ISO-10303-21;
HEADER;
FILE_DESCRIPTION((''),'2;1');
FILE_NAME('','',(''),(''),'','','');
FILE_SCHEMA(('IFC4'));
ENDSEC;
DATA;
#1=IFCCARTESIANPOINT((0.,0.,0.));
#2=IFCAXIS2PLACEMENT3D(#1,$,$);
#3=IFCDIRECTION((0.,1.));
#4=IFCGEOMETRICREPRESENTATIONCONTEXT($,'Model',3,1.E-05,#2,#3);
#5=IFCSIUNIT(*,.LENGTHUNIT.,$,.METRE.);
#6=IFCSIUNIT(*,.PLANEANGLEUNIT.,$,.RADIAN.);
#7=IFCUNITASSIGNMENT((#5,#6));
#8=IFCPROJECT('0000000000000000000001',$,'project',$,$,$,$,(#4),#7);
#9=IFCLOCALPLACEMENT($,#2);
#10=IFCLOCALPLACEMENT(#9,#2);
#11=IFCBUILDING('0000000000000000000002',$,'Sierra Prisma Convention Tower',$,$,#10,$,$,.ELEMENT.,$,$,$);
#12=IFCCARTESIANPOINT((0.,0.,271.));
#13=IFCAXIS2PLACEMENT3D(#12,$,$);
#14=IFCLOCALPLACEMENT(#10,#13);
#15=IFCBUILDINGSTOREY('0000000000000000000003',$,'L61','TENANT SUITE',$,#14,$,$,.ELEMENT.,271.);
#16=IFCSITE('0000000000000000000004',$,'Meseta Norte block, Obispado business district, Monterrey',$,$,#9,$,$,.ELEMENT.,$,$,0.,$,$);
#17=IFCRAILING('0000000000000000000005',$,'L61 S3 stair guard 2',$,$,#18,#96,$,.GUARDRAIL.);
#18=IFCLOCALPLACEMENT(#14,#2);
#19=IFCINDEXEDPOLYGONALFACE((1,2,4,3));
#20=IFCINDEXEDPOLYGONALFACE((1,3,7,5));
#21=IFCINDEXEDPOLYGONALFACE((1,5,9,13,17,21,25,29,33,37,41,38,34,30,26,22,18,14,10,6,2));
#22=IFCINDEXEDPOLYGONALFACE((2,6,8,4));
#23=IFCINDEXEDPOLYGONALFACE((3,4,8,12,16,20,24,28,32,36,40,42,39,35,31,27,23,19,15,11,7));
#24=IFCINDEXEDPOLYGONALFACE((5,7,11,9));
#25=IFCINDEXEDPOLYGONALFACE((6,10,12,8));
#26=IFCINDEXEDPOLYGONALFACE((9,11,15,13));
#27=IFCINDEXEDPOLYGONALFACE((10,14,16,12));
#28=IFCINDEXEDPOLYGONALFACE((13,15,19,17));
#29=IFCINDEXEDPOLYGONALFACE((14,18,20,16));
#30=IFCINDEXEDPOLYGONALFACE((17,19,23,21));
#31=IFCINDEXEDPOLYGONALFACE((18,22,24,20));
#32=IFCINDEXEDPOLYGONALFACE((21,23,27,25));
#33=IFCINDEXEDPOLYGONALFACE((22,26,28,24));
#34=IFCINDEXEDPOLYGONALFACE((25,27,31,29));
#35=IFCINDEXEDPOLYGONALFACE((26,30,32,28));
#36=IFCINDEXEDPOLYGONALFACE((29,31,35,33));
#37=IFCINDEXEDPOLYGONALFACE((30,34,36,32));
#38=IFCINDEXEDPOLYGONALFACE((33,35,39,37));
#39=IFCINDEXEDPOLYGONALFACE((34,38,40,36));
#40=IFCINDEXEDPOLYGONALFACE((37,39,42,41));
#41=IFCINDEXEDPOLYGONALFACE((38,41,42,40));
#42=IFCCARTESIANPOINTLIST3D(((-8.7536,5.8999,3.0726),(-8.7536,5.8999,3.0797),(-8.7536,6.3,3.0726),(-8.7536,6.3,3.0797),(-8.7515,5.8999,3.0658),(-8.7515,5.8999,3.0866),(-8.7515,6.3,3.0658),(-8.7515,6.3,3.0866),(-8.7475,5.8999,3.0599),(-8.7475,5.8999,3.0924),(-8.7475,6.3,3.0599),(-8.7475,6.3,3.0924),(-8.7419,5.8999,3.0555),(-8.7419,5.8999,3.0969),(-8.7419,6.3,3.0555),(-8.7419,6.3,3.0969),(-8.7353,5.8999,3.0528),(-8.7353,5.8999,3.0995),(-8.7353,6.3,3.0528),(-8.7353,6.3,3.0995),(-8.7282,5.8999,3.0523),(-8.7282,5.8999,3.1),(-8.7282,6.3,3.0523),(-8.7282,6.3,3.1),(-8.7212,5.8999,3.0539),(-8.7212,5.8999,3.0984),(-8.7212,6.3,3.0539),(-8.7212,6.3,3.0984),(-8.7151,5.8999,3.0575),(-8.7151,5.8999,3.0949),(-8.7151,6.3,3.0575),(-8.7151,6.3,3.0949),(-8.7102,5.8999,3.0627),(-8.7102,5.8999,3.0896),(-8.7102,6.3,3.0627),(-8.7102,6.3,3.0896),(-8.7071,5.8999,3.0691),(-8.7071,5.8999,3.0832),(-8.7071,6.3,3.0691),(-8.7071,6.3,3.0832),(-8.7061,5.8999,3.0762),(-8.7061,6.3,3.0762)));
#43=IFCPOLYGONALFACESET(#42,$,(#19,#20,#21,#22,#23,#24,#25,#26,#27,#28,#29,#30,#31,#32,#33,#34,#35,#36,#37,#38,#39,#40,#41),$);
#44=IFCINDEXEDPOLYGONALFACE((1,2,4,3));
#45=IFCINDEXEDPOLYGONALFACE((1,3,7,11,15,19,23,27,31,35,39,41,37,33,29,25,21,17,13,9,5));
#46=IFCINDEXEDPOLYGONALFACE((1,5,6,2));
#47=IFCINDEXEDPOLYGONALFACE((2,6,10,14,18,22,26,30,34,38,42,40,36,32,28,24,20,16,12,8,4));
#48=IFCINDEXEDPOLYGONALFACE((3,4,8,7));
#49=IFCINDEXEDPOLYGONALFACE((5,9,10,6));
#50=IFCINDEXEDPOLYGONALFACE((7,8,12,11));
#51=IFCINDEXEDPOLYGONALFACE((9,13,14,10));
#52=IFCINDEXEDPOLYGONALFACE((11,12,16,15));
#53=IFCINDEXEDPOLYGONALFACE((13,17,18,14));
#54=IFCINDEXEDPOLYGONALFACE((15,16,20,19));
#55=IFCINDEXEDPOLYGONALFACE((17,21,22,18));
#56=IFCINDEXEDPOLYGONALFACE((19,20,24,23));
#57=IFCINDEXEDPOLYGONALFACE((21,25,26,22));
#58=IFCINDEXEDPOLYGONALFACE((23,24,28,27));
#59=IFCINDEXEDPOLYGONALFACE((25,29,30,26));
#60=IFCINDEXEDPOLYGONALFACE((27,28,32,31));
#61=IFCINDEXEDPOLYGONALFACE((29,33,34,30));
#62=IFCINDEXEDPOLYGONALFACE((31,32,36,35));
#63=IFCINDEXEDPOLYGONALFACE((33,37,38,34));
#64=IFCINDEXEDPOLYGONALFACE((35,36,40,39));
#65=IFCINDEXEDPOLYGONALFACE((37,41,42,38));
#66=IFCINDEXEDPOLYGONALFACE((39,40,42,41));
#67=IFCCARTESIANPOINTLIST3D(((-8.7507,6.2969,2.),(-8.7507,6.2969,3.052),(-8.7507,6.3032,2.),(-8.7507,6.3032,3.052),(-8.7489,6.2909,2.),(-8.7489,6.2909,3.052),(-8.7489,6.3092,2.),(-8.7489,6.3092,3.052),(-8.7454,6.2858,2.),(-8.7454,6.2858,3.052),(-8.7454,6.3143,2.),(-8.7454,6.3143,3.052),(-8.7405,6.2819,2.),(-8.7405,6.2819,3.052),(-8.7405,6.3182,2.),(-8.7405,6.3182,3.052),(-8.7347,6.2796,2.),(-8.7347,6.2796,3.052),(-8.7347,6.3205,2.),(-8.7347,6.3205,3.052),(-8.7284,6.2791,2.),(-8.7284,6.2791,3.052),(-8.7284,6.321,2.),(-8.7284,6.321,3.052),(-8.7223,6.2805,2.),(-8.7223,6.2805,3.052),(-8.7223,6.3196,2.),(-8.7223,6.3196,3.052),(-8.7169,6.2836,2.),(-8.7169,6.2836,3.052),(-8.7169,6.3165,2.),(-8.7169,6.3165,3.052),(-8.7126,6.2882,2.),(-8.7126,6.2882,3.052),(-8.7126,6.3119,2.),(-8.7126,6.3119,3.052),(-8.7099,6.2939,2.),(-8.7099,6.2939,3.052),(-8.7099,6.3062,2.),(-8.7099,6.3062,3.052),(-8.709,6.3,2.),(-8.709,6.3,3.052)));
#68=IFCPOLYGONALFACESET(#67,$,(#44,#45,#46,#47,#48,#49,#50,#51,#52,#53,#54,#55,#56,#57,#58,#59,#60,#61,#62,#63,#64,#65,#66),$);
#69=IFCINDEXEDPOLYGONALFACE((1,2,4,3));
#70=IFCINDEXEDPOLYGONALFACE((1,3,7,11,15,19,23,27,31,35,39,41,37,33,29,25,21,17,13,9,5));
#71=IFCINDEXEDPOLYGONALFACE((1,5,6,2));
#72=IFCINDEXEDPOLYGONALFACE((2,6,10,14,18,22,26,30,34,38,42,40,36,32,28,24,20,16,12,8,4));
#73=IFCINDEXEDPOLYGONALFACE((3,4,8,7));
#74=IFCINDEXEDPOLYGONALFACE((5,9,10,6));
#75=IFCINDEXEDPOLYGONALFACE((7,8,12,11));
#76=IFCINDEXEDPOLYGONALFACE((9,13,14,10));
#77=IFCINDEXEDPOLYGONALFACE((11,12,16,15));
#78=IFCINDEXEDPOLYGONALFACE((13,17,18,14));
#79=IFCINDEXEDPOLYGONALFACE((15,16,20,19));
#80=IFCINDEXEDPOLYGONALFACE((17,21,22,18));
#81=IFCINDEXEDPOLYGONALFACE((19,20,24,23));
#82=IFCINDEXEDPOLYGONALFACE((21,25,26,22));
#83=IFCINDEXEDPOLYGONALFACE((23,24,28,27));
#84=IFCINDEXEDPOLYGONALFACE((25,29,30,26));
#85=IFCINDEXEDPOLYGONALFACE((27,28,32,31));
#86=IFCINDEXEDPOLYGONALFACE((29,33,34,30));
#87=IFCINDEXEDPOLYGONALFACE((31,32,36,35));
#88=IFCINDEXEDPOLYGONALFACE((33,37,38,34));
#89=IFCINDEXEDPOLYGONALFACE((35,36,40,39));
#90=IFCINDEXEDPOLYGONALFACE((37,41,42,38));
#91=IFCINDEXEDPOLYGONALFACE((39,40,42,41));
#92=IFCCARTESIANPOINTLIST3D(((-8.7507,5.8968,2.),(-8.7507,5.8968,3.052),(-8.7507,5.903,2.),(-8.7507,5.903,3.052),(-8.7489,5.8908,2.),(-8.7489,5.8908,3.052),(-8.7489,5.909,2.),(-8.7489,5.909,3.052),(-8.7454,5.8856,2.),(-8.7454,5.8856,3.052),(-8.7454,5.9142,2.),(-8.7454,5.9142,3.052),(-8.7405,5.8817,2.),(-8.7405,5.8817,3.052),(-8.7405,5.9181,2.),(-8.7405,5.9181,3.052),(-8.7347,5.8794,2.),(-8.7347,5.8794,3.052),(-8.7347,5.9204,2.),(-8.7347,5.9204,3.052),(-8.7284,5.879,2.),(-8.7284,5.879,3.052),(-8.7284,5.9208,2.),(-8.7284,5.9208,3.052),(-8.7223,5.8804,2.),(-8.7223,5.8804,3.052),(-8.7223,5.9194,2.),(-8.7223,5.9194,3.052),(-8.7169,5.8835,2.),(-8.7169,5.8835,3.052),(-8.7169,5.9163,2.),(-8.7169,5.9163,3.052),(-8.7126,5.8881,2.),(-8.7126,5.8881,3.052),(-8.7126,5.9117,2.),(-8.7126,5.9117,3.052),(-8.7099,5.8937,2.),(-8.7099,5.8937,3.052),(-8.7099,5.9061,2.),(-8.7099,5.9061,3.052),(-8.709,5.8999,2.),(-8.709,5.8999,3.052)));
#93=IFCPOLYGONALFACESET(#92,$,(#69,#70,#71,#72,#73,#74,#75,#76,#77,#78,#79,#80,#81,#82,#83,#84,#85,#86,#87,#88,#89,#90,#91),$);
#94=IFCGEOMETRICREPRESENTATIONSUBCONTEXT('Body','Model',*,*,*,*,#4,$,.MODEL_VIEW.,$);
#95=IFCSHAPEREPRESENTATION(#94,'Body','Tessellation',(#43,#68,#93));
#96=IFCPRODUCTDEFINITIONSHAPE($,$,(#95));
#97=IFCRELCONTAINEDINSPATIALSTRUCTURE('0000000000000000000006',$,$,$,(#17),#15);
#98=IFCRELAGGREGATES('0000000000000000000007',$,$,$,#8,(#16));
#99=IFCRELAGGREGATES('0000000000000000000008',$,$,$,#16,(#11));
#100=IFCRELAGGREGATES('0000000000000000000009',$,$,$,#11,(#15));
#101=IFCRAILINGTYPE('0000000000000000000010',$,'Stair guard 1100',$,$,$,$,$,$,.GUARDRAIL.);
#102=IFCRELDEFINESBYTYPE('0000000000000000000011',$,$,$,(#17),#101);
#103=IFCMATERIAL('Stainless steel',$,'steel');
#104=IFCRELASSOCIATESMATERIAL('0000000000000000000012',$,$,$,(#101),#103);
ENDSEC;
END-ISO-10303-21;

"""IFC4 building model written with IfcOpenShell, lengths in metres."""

from ifc_helpers import new_model, si_unit, direction, frame, origin, origin_2d, place, context, subcontext, project, spatial, circle, extrude, material, type_object, element, save


model = new_model("IFC4")

# Units and contexts
model_context = context("Model", 3, precision=1e-05, world=origin(), true_north=direction((0.0, 1.0)))
body_context = subcontext(model_context, "Body", "Model", "MODEL_VIEW")
ifc_project = project(units=[si_unit("LENGTHUNIT", "METRE"), si_unit("PLANEANGLEUNIT", "RADIAN")], contexts=[model_context])

# Site, building, storey
site_placement = place(None, origin())
site = spatial("IfcSite", under=ifc_project, at=site_placement, Name="Meseta Norte block, Obispado business district, Monterrey", CompositionType="ELEMENT", RefElevation=0.0)
building_placement = place(site_placement, origin())
building = spatial("IfcBuilding", under=site, at=building_placement, Name="Sierra Prisma Convention Tower", CompositionType="ELEMENT")
storey_placement = place(building_placement, frame((0.0, 0.0, 271.0)))
storey = spatial("IfcBuildingStorey", under=building, at=storey_placement, Name="L61", Description="TENANT SUITE", CompositionType="ELEMENT", Elevation=271.0)

# Railing
ifc_material_1 = material(Name="Stainless steel", Category="steel")
railing_type_1 = type_object("IfcRailingType", Name="Stair guard 1100", PredefinedType="GUARDRAIL", material=ifc_material_1)
railing_1_placement = place(storey_placement, frame((-8.73, 6.3, 2.0)))
element("IfcRailing", 1, at=railing_1_placement, inside=storey, type_object=railing_type_1, Name="L61 S3 stair guard 2", PredefinedType="GUARDRAIL", context=body_context, shape_type="SweptSolid", body=[
    extrude(circle(Radius=0.0239, at=origin_2d()), frame((0.0, 0.0, 1.0762), z_axis=(0.0, -1.0, 0.0), x_axis=(1.0, 0.0, 0.0)), (0.0, 0.0, 1.0), 0.4001),
    extrude(circle(Radius=0.021, at=origin_2d()), origin(), (0.0, 0.0, 1.0), 1.052),
    extrude(circle(Radius=0.021, at=origin_2d()), frame((0.0, -0.4001, 0.0)), (0.0, 0.0, 1.0), 1.052),
])

save(model, "model.ifc")
